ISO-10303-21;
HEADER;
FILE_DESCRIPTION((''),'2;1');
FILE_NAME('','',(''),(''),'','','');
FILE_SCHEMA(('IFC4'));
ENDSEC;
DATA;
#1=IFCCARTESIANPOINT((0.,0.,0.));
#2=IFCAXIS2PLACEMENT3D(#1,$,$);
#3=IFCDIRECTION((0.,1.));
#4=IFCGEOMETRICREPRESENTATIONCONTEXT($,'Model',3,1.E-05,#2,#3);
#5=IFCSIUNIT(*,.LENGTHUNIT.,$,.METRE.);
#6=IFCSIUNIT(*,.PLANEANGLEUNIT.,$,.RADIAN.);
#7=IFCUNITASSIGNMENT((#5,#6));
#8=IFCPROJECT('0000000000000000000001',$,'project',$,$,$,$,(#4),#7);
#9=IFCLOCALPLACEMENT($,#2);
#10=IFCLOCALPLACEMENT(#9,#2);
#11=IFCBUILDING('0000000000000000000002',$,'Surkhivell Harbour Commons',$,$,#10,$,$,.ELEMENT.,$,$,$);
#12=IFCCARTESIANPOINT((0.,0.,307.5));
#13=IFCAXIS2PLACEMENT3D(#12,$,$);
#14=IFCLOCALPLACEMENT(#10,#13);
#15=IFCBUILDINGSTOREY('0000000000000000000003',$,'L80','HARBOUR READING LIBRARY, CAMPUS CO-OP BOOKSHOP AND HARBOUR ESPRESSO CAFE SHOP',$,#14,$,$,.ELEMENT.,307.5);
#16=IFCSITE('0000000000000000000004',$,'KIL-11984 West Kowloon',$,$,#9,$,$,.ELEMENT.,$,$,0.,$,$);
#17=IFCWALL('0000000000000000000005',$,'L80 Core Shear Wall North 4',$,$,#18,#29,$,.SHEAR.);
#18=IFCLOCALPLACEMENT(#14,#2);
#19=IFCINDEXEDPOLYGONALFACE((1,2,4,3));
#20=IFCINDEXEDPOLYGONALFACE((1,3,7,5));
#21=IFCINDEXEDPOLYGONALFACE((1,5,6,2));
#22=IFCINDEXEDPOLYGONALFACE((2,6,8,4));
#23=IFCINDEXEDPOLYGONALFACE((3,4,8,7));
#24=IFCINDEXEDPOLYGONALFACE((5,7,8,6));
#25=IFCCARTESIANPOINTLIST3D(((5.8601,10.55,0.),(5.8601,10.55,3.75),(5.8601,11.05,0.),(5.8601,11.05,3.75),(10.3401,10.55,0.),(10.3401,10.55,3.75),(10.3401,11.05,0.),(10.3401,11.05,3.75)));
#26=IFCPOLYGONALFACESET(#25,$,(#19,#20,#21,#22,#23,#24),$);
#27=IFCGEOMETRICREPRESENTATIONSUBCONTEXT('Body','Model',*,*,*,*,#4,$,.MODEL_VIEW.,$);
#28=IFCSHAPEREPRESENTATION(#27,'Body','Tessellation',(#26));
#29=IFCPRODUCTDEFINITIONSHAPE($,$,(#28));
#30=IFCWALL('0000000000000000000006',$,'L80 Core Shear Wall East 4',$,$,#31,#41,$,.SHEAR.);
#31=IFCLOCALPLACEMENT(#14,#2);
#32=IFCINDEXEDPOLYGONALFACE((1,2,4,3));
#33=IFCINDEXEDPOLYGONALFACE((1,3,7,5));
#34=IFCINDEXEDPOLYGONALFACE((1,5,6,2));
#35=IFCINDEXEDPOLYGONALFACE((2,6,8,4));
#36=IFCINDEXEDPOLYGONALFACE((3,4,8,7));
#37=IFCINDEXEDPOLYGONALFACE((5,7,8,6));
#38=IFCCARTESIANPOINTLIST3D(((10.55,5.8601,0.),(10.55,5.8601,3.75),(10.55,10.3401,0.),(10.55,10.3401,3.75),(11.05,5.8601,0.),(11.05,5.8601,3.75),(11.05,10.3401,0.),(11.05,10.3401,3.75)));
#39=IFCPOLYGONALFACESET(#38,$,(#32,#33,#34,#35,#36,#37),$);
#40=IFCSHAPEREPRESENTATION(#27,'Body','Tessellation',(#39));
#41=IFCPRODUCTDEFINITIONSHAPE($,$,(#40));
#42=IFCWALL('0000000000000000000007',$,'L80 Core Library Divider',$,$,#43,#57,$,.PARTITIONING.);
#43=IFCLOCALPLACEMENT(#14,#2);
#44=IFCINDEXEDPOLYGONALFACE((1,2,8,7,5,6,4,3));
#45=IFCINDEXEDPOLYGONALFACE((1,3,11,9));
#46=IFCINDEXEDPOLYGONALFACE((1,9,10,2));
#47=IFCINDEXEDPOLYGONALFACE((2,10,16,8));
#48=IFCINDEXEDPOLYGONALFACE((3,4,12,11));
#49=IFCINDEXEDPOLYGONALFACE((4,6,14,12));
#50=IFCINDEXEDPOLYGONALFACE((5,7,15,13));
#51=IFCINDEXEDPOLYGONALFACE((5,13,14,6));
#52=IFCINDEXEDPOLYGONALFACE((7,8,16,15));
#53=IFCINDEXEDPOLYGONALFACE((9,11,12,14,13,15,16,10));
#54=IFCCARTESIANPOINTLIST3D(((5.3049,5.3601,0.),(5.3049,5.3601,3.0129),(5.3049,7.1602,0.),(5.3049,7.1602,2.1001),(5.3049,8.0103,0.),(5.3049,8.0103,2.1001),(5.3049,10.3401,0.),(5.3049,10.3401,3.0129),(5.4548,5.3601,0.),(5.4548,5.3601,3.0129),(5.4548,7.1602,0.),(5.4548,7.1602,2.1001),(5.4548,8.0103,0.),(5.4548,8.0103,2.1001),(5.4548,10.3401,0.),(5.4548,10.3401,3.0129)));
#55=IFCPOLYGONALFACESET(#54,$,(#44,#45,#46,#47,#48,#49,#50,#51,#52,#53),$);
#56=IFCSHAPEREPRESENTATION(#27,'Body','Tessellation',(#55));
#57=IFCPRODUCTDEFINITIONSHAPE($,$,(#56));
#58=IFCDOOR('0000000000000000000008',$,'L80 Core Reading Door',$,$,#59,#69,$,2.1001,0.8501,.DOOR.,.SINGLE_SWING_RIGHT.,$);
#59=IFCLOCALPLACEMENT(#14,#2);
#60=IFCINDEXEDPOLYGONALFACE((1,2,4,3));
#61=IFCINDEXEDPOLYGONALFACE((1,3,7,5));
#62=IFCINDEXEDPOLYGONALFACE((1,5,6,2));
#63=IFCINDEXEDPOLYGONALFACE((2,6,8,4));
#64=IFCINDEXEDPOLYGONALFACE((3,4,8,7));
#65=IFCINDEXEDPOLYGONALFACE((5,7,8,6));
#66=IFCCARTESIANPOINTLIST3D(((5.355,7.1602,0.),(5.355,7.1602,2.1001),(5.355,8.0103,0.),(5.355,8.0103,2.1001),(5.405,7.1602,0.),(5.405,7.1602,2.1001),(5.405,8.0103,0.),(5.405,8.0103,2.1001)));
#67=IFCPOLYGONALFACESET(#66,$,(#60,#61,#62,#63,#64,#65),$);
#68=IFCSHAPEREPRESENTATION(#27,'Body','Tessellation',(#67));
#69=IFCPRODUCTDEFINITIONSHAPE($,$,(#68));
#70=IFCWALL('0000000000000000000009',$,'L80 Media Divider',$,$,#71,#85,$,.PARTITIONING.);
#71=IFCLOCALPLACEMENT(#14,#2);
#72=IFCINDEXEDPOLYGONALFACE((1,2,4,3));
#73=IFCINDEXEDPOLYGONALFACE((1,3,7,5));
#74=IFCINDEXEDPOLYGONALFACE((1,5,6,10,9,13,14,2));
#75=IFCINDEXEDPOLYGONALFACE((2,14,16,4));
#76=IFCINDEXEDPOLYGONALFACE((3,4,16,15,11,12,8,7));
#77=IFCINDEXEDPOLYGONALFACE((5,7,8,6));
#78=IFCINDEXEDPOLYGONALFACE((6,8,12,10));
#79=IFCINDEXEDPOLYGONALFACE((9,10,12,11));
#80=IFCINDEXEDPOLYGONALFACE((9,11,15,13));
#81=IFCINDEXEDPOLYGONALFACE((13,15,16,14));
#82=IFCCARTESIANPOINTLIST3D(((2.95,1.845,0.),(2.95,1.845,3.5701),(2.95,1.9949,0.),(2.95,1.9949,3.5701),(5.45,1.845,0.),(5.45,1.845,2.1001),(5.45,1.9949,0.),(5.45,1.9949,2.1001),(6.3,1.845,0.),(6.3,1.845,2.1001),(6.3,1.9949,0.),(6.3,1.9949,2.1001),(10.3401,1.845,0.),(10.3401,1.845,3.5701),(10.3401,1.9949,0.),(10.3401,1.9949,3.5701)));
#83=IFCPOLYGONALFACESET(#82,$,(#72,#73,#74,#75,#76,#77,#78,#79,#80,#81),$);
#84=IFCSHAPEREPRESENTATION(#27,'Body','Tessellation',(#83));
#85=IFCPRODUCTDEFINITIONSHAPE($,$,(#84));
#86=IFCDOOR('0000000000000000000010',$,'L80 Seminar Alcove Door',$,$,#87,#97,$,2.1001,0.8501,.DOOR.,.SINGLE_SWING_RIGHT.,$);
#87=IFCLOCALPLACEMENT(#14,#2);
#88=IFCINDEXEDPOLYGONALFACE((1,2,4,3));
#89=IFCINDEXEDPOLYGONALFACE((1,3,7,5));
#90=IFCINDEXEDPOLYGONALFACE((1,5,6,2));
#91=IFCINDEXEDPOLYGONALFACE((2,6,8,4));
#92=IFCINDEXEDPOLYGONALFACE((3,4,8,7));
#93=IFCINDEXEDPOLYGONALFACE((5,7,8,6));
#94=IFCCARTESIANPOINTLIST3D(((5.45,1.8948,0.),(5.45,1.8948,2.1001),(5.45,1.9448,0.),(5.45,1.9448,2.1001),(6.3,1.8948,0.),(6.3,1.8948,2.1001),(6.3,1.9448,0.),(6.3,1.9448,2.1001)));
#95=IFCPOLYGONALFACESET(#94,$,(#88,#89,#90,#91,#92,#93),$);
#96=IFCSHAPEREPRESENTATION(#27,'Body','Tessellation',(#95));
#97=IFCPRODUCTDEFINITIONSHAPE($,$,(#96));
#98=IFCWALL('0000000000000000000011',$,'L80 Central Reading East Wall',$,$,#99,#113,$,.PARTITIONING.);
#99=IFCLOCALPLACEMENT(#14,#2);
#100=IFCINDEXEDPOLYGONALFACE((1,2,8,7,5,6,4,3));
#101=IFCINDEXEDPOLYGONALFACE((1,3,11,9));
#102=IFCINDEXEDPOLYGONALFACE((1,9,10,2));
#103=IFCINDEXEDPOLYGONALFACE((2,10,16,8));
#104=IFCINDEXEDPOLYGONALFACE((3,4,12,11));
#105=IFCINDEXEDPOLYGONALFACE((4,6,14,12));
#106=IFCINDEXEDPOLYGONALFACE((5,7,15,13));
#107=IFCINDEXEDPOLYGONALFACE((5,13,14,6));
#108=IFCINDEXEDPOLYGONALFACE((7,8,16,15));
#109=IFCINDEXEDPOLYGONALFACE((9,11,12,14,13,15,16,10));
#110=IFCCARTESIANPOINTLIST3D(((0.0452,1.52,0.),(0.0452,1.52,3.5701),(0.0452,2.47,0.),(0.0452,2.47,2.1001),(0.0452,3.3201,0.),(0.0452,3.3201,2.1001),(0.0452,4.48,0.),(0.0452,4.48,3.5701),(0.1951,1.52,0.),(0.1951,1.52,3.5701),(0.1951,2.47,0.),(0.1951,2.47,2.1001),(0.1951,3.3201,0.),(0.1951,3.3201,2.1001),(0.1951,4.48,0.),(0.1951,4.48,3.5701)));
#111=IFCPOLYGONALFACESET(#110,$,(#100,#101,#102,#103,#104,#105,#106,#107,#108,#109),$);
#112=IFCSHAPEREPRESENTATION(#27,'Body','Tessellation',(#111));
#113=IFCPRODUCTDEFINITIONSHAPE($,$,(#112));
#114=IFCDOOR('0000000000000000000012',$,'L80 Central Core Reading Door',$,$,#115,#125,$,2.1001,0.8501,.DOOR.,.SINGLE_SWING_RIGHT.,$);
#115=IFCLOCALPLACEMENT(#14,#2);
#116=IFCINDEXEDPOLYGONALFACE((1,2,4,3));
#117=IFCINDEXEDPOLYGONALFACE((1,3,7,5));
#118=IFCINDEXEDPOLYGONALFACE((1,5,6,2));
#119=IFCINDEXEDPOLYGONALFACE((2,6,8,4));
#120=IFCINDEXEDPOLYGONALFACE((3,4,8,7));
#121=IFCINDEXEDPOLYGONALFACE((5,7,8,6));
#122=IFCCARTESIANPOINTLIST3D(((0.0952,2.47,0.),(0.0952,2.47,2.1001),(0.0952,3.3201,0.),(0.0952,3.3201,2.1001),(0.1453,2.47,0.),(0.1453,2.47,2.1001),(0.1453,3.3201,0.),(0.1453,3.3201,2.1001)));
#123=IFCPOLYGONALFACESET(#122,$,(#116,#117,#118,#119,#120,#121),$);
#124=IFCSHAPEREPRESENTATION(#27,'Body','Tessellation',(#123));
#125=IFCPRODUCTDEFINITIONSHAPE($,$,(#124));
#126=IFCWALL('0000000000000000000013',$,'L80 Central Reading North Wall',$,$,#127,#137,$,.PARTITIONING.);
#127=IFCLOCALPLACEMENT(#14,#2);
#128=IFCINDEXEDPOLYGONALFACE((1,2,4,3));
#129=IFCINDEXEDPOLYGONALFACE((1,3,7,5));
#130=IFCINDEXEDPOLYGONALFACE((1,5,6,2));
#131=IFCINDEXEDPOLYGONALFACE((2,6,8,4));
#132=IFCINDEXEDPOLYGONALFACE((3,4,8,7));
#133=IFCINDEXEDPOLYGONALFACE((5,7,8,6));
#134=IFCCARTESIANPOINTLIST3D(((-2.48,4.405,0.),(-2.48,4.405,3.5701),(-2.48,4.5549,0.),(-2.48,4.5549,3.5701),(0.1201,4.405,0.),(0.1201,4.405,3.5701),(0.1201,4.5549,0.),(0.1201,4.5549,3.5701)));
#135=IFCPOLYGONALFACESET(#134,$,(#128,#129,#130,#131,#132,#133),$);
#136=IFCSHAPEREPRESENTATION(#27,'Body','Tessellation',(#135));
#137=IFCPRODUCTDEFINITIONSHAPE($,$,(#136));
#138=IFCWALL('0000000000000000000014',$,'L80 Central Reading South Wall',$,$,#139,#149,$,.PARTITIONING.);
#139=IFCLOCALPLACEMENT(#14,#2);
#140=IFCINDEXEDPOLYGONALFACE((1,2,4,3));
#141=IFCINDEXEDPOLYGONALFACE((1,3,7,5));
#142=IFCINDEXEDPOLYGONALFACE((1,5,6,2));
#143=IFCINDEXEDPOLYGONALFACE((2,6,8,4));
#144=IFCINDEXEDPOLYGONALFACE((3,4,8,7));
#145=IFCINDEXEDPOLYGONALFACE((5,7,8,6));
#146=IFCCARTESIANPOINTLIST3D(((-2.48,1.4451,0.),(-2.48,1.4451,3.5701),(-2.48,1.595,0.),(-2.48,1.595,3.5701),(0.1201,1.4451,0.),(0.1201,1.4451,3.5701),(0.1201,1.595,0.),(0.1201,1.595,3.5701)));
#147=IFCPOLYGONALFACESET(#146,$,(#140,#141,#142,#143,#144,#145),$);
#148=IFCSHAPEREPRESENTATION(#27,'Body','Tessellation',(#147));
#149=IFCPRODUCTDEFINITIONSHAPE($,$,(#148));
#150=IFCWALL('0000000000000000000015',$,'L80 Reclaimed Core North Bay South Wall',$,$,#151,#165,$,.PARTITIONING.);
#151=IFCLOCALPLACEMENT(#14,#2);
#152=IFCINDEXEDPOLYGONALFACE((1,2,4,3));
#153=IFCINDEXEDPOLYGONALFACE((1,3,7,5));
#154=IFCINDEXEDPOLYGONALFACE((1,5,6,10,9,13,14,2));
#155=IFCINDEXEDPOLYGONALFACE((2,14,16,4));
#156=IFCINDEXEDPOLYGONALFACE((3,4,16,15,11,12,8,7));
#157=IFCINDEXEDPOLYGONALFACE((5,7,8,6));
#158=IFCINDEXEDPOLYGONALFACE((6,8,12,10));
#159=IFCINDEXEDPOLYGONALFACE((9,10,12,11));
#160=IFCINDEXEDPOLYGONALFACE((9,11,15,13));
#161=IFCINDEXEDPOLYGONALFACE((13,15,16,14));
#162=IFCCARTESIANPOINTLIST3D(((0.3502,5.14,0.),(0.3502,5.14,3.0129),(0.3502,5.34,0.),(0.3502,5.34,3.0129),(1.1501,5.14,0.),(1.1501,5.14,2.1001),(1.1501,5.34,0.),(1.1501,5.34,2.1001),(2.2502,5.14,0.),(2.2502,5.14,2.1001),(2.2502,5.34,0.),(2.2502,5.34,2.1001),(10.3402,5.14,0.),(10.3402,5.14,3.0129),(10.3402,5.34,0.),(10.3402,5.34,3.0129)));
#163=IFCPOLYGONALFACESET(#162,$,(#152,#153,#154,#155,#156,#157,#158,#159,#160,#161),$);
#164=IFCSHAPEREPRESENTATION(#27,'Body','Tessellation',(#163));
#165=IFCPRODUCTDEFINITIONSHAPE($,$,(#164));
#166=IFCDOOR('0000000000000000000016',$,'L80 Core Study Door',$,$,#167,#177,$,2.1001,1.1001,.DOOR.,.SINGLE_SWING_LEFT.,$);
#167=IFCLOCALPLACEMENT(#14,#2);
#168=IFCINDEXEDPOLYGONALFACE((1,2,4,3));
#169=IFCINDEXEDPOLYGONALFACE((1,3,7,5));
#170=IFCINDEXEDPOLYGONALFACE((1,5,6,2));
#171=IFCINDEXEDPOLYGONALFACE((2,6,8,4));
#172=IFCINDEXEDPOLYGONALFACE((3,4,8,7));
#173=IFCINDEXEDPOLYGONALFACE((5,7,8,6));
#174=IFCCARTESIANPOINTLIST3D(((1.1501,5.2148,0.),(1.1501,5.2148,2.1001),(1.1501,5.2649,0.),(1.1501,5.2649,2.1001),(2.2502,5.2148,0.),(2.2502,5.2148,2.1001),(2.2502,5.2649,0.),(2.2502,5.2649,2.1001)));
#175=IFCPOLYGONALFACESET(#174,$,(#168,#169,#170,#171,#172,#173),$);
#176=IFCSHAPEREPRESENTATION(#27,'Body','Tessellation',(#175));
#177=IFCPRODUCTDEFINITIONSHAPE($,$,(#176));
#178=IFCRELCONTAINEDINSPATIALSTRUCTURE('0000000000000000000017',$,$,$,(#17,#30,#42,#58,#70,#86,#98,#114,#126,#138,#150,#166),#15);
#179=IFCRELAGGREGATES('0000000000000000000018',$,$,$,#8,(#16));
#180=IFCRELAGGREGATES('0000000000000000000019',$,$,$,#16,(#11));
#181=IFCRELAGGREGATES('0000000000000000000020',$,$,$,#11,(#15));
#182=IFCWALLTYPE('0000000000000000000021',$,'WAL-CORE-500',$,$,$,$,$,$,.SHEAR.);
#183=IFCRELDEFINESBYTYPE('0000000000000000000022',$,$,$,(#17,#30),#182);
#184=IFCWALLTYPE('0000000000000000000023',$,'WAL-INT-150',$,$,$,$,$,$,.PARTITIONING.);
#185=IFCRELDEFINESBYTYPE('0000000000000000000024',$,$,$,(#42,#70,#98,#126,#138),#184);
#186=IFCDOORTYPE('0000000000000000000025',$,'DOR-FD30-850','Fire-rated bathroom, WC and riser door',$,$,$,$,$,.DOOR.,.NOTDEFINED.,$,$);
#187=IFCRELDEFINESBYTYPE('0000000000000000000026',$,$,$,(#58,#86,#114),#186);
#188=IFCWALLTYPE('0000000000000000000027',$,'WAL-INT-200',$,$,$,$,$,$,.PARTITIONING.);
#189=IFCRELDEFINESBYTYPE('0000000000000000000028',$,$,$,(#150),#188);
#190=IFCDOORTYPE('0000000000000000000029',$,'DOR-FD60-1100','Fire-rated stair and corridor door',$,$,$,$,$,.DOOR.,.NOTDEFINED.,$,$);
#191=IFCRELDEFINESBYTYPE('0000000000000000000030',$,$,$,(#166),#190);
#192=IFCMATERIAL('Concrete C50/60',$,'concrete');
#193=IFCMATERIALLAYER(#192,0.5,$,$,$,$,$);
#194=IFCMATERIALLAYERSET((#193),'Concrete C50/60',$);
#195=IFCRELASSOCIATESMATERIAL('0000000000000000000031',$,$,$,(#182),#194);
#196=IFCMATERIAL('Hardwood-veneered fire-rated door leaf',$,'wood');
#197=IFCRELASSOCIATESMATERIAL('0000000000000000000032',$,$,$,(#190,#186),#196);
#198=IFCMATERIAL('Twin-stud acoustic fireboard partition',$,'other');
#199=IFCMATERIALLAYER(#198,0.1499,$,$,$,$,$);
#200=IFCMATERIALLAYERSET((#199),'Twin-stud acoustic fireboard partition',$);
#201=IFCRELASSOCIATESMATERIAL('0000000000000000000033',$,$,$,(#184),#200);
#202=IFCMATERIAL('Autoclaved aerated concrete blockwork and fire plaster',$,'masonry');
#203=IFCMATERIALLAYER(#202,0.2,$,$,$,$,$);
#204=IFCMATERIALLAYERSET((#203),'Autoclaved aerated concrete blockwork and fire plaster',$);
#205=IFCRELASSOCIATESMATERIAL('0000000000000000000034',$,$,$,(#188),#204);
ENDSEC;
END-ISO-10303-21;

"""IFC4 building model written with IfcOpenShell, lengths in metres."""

from ifc_helpers import new_model, si_unit, direction, frame, frame_2d, origin, place, context, subcontext, project, spatial, rectangle, extrude, material, layer, layer_set, type_object, element, fill, save


model = new_model("IFC4")

# Units and contexts
model_context = context("Model", 3, precision=1e-05, world=origin(), true_north=direction((0.0, 1.0)))
body_context = subcontext(model_context, "Body", "Model", "MODEL_VIEW")
ifc_project = project(units=[si_unit("LENGTHUNIT", "METRE"), si_unit("PLANEANGLEUNIT", "RADIAN")], contexts=[model_context])

# Site, building, storey
site_placement = place(None, origin())
site = spatial("IfcSite", under=ifc_project, at=site_placement, Name="KIL-11984 West Kowloon", CompositionType="ELEMENT", RefElevation=0.0)
building_placement = place(site_placement, origin())
building = spatial("IfcBuilding", under=site, at=building_placement, Name="Surkhivell Harbour Commons", CompositionType="ELEMENT")
storey_placement = place(building_placement, frame((0.0, 0.0, 307.5)))
storey = spatial("IfcBuildingStorey", under=building, at=storey_placement, Name="L80", Description="HARBOUR READING LIBRARY, CAMPUS CO-OP BOOKSHOP AND HARBOUR ESPRESSO CAFE SHOP", CompositionType="ELEMENT", Elevation=307.5)

# Shared definitions
ifc_material_1 = material(Name="Concrete C50/60", Category="concrete")
ifc_layer_1 = layer(ifc_material_1, 0.5)
ifc_layer_set_1 = layer_set([ifc_layer_1], Name="Concrete C50/60")
wall_type_1 = type_object("IfcWallType", Name="WAL-CORE-500", PredefinedType="SHEAR", material=ifc_layer_set_1)
ifc_material_2 = material(Name="Hardwood-veneered fire-rated door leaf", Category="wood")
door_type_1 = type_object("IfcDoorType", Name="DOR-FD60-1100", Description="Fire-rated stair and corridor door", OperationType="NOTDEFINED", PredefinedType="DOOR", material=ifc_material_2)

# Walls
for number, where, z_axis, x_axis, name in (
    (1, (5.8601, 10.8, 0.0), (0.0, 0.0, 1.0), (1.0, 0.0, 0.0), "L80 Core Shear Wall North 4"),
    (2, (10.8, 5.8601, 0.0), (0.0, 0.0, 1.0), (0.0, 1.0, 0.0), "L80 Core Shear Wall East 4"),
):
    element("IfcWall", number, at=place(storey_placement, frame(where, z_axis=z_axis, x_axis=x_axis)), inside=storey, type_object=wall_type_1, Name=name, PredefinedType="SHEAR", context=body_context, shape_type="SweptSolid", body=[
        extrude(rectangle(XDim=4.48, YDim=0.5, at=frame_2d((2.24, 0.0))), origin(), (0.0, 0.0, 1.0), 3.75),
    ])

# Walls, openings, doors
ifc_material_3 = material(Name="Twin-stud acoustic fireboard partition", Category="other")
ifc_layer_2 = layer(ifc_material_3, 0.1499)
ifc_layer_set_2 = layer_set([ifc_layer_2], Name="Twin-stud acoustic fireboard partition")
wall_type_2 = type_object("IfcWallType", Name="WAL-INT-150", PredefinedType="PARTITIONING", material=ifc_layer_set_2)
wall_1_placement = place(storey_placement, frame((5.3799, 5.3601, 0.0), z_axis=(0.0, 0.0, 1.0), x_axis=(0.0, 1.0, 0.0)))
wall_1 = element("IfcWall", 3, at=wall_1_placement, inside=storey, type_object=wall_type_2, Name="L80 Core Library Divider", PredefinedType="PARTITIONING", context=body_context, shape_type="SweptSolid", body=[
    extrude(rectangle(XDim=4.98, YDim=0.1499, at=frame_2d((2.49, 0.0))), origin(), (0.0, 0.0, 1.0), 3.0129),
])
opening_1_placement = place(wall_1_placement, frame((1.8, 0.0, 0.0)))
opening_1 = element("IfcOpeningElement", 4, at=opening_1_placement, cuts=wall_1, PredefinedType="OPENING", context=body_context, shape_type="SweptSolid", body=[
    extrude(rectangle(XDim=0.8501, YDim=2.1001, at=frame_2d((0.425, 1.05))), frame((0.0, 0.085, 0.0), z_axis=(0.0, -1.0, 0.0), x_axis=(1.0, 0.0, 0.0)), (0.0, 0.0, 1.0), 0.1699),
])
door_type_2 = type_object("IfcDoorType", Name="DOR-FD30-850", Description="Fire-rated bathroom, WC and riser door", OperationType="NOTDEFINED", PredefinedType="DOOR", material=ifc_material_2)
door_1_placement = place(opening_1_placement, origin())
door_1 = element("IfcDoor", 5, at=door_1_placement, inside=storey, type_object=door_type_2, Name="L80 Core Reading Door", OperationType="SINGLE_SWING_RIGHT", OverallHeight=2.1001, OverallWidth=0.8501, PredefinedType="DOOR", context=body_context, shape_type="SweptSolid", body=[
    extrude(rectangle(XDim=0.8501, YDim=2.1001, at=frame_2d((0.425, 1.05))), frame((0.0, 0.0249, 0.0), z_axis=(0.0, -1.0, 0.0), x_axis=(1.0, 0.0, 0.0)), (0.0, 0.0, 1.0), 0.05),
])
fill(opening_1, door_1)
wall_2_placement = place(storey_placement, frame((2.95, 1.9199, 0.0), z_axis=(0.0, 0.0, 1.0), x_axis=(1.0, 0.0, 0.0)))
wall_2 = element("IfcWall", 6, at=wall_2_placement, inside=storey, type_object=wall_type_2, Name="L80 Media Divider", PredefinedType="PARTITIONING", context=body_context, shape_type="SweptSolid", body=[
    extrude(rectangle(XDim=7.3901, YDim=0.1499, at=frame_2d((3.6951, 0.0))), origin(), (0.0, 0.0, 1.0), 3.5701),
])
opening_2_placement = place(wall_2_placement, frame((2.5, 0.0, 0.0)))
opening_2 = element("IfcOpeningElement", 7, at=opening_2_placement, cuts=wall_2, PredefinedType="OPENING", context=body_context, shape_type="SweptSolid", body=[
    extrude(rectangle(XDim=0.8501, YDim=2.1001, at=frame_2d((0.425, 1.05))), frame((0.0, 0.085, 0.0), z_axis=(0.0, -1.0, 0.0), x_axis=(1.0, 0.0, 0.0)), (0.0, 0.0, 1.0), 0.1699),
])
door_2_placement = place(opening_2_placement, origin())
door_2 = element("IfcDoor", 8, at=door_2_placement, inside=storey, type_object=door_type_2, Name="L80 Seminar Alcove Door", OperationType="SINGLE_SWING_RIGHT", OverallHeight=2.1001, OverallWidth=0.8501, PredefinedType="DOOR", context=body_context, shape_type="SweptSolid", body=[
    extrude(rectangle(XDim=0.8501, YDim=2.1001, at=frame_2d((0.425, 1.05))), frame((0.0, 0.0249, 0.0), z_axis=(0.0, -1.0, 0.0), x_axis=(1.0, 0.0, 0.0)), (0.0, 0.0, 1.0), 0.05),
])
fill(opening_2, door_2)
wall_3_placement = place(storey_placement, frame((0.1201, 1.52, 0.0), z_axis=(0.0, 0.0, 1.0), x_axis=(0.0, 1.0, 0.0)))
wall_3 = element("IfcWall", 9, at=wall_3_placement, inside=storey, type_object=wall_type_2, Name="L80 Central Reading East Wall", PredefinedType="PARTITIONING", context=body_context, shape_type="SweptSolid", body=[
    extrude(rectangle(XDim=2.96, YDim=0.1499, at=frame_2d((1.48, 0.0))), origin(), (0.0, 0.0, 1.0), 3.5701),
])
opening_3_placement = place(wall_3_placement, frame((0.95, 0.0, 0.0)))
opening_3 = element("IfcOpeningElement", 10, at=opening_3_placement, cuts=wall_3, PredefinedType="OPENING", context=body_context, shape_type="SweptSolid", body=[
    extrude(rectangle(XDim=0.8501, YDim=2.1001, at=frame_2d((0.425, 1.05))), frame((0.0, 0.085, 0.0), z_axis=(0.0, -1.0, 0.0), x_axis=(1.0, 0.0, 0.0)), (0.0, 0.0, 1.0), 0.1699),
])
door_3_placement = place(opening_3_placement, origin())
door_3 = element("IfcDoor", 11, at=door_3_placement, inside=storey, type_object=door_type_2, Name="L80 Central Core Reading Door", OperationType="SINGLE_SWING_RIGHT", OverallHeight=2.1001, OverallWidth=0.8501, PredefinedType="DOOR", context=body_context, shape_type="SweptSolid", body=[
    extrude(rectangle(XDim=0.8501, YDim=2.1001, at=frame_2d((0.425, 1.05))), frame((0.0, 0.0249, 0.0), z_axis=(0.0, -1.0, 0.0), x_axis=(1.0, 0.0, 0.0)), (0.0, 0.0, 1.0), 0.05),
])
fill(opening_3, door_3)

# Walls
for number, where, z_axis, x_axis, name in (
    (12, (-2.48, 4.48, 0.0), (0.0, 0.0, 1.0), (1.0, 0.0, 0.0), "L80 Central Reading North Wall"),
    (13, (-2.48, 1.52, 0.0), (0.0, 0.0, 1.0), (1.0, 0.0, 0.0), "L80 Central Reading South Wall"),
):
    element("IfcWall", number, at=place(storey_placement, frame(where, z_axis=z_axis, x_axis=x_axis)), inside=storey, type_object=wall_type_2, Name=name, PredefinedType="PARTITIONING", context=body_context, shape_type="SweptSolid", body=[
        extrude(rectangle(XDim=2.6001, YDim=0.1499, at=frame_2d((1.3, 0.0))), origin(), (0.0, 0.0, 1.0), 3.5701),
    ])

# Wall, opening, door
ifc_material_4 = material(Name="Autoclaved aerated concrete blockwork and fire plaster", Category="masonry")
ifc_layer_3 = layer(ifc_material_4, 0.2)
ifc_layer_set_3 = layer_set([ifc_layer_3], Name="Autoclaved aerated concrete blockwork and fire plaster")
wall_type_3 = type_object("IfcWallType", Name="WAL-INT-200", PredefinedType="PARTITIONING", material=ifc_layer_set_3)
wall_4_placement = place(storey_placement, frame((0.3501, 5.24, 0.0), z_axis=(0.0, 0.0, 1.0), x_axis=(1.0, 0.0, 0.0)))
wall_4 = element("IfcWall", 14, at=wall_4_placement, inside=storey, type_object=wall_type_3, Name="L80 Reclaimed Core North Bay South Wall", PredefinedType="PARTITIONING", context=body_context, shape_type="SweptSolid", body=[
    extrude(rectangle(XDim=9.99, YDim=0.2, at=frame_2d((4.9951, 0.0))), origin(), (0.0, 0.0, 1.0), 3.0129),
])
opening_4_placement = place(wall_4_placement, frame((0.8, 0.0, 0.0)))
opening_4 = element("IfcOpeningElement", 15, at=opening_4_placement, cuts=wall_4, PredefinedType="OPENING", context=body_context, shape_type="SweptSolid", body=[
    extrude(rectangle(XDim=1.1001, YDim=2.1001, at=frame_2d((0.55, 1.05))), frame((0.0, 0.1099, 0.0), z_axis=(0.0, -1.0, 0.0), x_axis=(1.0, 0.0, 0.0)), (0.0, 0.0, 1.0), 0.22),
])
door_4_placement = place(opening_4_placement, origin())
door_4 = element("IfcDoor", 16, at=door_4_placement, inside=storey, type_object=door_type_1, Name="L80 Core Study Door", OperationType="SINGLE_SWING_LEFT", OverallHeight=2.1001, OverallWidth=1.1001, PredefinedType="DOOR", context=body_context, shape_type="SweptSolid", body=[
    extrude(rectangle(XDim=1.1001, YDim=2.1001, at=frame_2d((0.55, 1.05))), frame((0.0, 0.0249, 0.0), z_axis=(0.0, -1.0, 0.0), x_axis=(1.0, 0.0, 0.0)), (0.0, 0.0, 1.0), 0.05),
])
fill(opening_4, door_4)

save(model, "model.ifc")
